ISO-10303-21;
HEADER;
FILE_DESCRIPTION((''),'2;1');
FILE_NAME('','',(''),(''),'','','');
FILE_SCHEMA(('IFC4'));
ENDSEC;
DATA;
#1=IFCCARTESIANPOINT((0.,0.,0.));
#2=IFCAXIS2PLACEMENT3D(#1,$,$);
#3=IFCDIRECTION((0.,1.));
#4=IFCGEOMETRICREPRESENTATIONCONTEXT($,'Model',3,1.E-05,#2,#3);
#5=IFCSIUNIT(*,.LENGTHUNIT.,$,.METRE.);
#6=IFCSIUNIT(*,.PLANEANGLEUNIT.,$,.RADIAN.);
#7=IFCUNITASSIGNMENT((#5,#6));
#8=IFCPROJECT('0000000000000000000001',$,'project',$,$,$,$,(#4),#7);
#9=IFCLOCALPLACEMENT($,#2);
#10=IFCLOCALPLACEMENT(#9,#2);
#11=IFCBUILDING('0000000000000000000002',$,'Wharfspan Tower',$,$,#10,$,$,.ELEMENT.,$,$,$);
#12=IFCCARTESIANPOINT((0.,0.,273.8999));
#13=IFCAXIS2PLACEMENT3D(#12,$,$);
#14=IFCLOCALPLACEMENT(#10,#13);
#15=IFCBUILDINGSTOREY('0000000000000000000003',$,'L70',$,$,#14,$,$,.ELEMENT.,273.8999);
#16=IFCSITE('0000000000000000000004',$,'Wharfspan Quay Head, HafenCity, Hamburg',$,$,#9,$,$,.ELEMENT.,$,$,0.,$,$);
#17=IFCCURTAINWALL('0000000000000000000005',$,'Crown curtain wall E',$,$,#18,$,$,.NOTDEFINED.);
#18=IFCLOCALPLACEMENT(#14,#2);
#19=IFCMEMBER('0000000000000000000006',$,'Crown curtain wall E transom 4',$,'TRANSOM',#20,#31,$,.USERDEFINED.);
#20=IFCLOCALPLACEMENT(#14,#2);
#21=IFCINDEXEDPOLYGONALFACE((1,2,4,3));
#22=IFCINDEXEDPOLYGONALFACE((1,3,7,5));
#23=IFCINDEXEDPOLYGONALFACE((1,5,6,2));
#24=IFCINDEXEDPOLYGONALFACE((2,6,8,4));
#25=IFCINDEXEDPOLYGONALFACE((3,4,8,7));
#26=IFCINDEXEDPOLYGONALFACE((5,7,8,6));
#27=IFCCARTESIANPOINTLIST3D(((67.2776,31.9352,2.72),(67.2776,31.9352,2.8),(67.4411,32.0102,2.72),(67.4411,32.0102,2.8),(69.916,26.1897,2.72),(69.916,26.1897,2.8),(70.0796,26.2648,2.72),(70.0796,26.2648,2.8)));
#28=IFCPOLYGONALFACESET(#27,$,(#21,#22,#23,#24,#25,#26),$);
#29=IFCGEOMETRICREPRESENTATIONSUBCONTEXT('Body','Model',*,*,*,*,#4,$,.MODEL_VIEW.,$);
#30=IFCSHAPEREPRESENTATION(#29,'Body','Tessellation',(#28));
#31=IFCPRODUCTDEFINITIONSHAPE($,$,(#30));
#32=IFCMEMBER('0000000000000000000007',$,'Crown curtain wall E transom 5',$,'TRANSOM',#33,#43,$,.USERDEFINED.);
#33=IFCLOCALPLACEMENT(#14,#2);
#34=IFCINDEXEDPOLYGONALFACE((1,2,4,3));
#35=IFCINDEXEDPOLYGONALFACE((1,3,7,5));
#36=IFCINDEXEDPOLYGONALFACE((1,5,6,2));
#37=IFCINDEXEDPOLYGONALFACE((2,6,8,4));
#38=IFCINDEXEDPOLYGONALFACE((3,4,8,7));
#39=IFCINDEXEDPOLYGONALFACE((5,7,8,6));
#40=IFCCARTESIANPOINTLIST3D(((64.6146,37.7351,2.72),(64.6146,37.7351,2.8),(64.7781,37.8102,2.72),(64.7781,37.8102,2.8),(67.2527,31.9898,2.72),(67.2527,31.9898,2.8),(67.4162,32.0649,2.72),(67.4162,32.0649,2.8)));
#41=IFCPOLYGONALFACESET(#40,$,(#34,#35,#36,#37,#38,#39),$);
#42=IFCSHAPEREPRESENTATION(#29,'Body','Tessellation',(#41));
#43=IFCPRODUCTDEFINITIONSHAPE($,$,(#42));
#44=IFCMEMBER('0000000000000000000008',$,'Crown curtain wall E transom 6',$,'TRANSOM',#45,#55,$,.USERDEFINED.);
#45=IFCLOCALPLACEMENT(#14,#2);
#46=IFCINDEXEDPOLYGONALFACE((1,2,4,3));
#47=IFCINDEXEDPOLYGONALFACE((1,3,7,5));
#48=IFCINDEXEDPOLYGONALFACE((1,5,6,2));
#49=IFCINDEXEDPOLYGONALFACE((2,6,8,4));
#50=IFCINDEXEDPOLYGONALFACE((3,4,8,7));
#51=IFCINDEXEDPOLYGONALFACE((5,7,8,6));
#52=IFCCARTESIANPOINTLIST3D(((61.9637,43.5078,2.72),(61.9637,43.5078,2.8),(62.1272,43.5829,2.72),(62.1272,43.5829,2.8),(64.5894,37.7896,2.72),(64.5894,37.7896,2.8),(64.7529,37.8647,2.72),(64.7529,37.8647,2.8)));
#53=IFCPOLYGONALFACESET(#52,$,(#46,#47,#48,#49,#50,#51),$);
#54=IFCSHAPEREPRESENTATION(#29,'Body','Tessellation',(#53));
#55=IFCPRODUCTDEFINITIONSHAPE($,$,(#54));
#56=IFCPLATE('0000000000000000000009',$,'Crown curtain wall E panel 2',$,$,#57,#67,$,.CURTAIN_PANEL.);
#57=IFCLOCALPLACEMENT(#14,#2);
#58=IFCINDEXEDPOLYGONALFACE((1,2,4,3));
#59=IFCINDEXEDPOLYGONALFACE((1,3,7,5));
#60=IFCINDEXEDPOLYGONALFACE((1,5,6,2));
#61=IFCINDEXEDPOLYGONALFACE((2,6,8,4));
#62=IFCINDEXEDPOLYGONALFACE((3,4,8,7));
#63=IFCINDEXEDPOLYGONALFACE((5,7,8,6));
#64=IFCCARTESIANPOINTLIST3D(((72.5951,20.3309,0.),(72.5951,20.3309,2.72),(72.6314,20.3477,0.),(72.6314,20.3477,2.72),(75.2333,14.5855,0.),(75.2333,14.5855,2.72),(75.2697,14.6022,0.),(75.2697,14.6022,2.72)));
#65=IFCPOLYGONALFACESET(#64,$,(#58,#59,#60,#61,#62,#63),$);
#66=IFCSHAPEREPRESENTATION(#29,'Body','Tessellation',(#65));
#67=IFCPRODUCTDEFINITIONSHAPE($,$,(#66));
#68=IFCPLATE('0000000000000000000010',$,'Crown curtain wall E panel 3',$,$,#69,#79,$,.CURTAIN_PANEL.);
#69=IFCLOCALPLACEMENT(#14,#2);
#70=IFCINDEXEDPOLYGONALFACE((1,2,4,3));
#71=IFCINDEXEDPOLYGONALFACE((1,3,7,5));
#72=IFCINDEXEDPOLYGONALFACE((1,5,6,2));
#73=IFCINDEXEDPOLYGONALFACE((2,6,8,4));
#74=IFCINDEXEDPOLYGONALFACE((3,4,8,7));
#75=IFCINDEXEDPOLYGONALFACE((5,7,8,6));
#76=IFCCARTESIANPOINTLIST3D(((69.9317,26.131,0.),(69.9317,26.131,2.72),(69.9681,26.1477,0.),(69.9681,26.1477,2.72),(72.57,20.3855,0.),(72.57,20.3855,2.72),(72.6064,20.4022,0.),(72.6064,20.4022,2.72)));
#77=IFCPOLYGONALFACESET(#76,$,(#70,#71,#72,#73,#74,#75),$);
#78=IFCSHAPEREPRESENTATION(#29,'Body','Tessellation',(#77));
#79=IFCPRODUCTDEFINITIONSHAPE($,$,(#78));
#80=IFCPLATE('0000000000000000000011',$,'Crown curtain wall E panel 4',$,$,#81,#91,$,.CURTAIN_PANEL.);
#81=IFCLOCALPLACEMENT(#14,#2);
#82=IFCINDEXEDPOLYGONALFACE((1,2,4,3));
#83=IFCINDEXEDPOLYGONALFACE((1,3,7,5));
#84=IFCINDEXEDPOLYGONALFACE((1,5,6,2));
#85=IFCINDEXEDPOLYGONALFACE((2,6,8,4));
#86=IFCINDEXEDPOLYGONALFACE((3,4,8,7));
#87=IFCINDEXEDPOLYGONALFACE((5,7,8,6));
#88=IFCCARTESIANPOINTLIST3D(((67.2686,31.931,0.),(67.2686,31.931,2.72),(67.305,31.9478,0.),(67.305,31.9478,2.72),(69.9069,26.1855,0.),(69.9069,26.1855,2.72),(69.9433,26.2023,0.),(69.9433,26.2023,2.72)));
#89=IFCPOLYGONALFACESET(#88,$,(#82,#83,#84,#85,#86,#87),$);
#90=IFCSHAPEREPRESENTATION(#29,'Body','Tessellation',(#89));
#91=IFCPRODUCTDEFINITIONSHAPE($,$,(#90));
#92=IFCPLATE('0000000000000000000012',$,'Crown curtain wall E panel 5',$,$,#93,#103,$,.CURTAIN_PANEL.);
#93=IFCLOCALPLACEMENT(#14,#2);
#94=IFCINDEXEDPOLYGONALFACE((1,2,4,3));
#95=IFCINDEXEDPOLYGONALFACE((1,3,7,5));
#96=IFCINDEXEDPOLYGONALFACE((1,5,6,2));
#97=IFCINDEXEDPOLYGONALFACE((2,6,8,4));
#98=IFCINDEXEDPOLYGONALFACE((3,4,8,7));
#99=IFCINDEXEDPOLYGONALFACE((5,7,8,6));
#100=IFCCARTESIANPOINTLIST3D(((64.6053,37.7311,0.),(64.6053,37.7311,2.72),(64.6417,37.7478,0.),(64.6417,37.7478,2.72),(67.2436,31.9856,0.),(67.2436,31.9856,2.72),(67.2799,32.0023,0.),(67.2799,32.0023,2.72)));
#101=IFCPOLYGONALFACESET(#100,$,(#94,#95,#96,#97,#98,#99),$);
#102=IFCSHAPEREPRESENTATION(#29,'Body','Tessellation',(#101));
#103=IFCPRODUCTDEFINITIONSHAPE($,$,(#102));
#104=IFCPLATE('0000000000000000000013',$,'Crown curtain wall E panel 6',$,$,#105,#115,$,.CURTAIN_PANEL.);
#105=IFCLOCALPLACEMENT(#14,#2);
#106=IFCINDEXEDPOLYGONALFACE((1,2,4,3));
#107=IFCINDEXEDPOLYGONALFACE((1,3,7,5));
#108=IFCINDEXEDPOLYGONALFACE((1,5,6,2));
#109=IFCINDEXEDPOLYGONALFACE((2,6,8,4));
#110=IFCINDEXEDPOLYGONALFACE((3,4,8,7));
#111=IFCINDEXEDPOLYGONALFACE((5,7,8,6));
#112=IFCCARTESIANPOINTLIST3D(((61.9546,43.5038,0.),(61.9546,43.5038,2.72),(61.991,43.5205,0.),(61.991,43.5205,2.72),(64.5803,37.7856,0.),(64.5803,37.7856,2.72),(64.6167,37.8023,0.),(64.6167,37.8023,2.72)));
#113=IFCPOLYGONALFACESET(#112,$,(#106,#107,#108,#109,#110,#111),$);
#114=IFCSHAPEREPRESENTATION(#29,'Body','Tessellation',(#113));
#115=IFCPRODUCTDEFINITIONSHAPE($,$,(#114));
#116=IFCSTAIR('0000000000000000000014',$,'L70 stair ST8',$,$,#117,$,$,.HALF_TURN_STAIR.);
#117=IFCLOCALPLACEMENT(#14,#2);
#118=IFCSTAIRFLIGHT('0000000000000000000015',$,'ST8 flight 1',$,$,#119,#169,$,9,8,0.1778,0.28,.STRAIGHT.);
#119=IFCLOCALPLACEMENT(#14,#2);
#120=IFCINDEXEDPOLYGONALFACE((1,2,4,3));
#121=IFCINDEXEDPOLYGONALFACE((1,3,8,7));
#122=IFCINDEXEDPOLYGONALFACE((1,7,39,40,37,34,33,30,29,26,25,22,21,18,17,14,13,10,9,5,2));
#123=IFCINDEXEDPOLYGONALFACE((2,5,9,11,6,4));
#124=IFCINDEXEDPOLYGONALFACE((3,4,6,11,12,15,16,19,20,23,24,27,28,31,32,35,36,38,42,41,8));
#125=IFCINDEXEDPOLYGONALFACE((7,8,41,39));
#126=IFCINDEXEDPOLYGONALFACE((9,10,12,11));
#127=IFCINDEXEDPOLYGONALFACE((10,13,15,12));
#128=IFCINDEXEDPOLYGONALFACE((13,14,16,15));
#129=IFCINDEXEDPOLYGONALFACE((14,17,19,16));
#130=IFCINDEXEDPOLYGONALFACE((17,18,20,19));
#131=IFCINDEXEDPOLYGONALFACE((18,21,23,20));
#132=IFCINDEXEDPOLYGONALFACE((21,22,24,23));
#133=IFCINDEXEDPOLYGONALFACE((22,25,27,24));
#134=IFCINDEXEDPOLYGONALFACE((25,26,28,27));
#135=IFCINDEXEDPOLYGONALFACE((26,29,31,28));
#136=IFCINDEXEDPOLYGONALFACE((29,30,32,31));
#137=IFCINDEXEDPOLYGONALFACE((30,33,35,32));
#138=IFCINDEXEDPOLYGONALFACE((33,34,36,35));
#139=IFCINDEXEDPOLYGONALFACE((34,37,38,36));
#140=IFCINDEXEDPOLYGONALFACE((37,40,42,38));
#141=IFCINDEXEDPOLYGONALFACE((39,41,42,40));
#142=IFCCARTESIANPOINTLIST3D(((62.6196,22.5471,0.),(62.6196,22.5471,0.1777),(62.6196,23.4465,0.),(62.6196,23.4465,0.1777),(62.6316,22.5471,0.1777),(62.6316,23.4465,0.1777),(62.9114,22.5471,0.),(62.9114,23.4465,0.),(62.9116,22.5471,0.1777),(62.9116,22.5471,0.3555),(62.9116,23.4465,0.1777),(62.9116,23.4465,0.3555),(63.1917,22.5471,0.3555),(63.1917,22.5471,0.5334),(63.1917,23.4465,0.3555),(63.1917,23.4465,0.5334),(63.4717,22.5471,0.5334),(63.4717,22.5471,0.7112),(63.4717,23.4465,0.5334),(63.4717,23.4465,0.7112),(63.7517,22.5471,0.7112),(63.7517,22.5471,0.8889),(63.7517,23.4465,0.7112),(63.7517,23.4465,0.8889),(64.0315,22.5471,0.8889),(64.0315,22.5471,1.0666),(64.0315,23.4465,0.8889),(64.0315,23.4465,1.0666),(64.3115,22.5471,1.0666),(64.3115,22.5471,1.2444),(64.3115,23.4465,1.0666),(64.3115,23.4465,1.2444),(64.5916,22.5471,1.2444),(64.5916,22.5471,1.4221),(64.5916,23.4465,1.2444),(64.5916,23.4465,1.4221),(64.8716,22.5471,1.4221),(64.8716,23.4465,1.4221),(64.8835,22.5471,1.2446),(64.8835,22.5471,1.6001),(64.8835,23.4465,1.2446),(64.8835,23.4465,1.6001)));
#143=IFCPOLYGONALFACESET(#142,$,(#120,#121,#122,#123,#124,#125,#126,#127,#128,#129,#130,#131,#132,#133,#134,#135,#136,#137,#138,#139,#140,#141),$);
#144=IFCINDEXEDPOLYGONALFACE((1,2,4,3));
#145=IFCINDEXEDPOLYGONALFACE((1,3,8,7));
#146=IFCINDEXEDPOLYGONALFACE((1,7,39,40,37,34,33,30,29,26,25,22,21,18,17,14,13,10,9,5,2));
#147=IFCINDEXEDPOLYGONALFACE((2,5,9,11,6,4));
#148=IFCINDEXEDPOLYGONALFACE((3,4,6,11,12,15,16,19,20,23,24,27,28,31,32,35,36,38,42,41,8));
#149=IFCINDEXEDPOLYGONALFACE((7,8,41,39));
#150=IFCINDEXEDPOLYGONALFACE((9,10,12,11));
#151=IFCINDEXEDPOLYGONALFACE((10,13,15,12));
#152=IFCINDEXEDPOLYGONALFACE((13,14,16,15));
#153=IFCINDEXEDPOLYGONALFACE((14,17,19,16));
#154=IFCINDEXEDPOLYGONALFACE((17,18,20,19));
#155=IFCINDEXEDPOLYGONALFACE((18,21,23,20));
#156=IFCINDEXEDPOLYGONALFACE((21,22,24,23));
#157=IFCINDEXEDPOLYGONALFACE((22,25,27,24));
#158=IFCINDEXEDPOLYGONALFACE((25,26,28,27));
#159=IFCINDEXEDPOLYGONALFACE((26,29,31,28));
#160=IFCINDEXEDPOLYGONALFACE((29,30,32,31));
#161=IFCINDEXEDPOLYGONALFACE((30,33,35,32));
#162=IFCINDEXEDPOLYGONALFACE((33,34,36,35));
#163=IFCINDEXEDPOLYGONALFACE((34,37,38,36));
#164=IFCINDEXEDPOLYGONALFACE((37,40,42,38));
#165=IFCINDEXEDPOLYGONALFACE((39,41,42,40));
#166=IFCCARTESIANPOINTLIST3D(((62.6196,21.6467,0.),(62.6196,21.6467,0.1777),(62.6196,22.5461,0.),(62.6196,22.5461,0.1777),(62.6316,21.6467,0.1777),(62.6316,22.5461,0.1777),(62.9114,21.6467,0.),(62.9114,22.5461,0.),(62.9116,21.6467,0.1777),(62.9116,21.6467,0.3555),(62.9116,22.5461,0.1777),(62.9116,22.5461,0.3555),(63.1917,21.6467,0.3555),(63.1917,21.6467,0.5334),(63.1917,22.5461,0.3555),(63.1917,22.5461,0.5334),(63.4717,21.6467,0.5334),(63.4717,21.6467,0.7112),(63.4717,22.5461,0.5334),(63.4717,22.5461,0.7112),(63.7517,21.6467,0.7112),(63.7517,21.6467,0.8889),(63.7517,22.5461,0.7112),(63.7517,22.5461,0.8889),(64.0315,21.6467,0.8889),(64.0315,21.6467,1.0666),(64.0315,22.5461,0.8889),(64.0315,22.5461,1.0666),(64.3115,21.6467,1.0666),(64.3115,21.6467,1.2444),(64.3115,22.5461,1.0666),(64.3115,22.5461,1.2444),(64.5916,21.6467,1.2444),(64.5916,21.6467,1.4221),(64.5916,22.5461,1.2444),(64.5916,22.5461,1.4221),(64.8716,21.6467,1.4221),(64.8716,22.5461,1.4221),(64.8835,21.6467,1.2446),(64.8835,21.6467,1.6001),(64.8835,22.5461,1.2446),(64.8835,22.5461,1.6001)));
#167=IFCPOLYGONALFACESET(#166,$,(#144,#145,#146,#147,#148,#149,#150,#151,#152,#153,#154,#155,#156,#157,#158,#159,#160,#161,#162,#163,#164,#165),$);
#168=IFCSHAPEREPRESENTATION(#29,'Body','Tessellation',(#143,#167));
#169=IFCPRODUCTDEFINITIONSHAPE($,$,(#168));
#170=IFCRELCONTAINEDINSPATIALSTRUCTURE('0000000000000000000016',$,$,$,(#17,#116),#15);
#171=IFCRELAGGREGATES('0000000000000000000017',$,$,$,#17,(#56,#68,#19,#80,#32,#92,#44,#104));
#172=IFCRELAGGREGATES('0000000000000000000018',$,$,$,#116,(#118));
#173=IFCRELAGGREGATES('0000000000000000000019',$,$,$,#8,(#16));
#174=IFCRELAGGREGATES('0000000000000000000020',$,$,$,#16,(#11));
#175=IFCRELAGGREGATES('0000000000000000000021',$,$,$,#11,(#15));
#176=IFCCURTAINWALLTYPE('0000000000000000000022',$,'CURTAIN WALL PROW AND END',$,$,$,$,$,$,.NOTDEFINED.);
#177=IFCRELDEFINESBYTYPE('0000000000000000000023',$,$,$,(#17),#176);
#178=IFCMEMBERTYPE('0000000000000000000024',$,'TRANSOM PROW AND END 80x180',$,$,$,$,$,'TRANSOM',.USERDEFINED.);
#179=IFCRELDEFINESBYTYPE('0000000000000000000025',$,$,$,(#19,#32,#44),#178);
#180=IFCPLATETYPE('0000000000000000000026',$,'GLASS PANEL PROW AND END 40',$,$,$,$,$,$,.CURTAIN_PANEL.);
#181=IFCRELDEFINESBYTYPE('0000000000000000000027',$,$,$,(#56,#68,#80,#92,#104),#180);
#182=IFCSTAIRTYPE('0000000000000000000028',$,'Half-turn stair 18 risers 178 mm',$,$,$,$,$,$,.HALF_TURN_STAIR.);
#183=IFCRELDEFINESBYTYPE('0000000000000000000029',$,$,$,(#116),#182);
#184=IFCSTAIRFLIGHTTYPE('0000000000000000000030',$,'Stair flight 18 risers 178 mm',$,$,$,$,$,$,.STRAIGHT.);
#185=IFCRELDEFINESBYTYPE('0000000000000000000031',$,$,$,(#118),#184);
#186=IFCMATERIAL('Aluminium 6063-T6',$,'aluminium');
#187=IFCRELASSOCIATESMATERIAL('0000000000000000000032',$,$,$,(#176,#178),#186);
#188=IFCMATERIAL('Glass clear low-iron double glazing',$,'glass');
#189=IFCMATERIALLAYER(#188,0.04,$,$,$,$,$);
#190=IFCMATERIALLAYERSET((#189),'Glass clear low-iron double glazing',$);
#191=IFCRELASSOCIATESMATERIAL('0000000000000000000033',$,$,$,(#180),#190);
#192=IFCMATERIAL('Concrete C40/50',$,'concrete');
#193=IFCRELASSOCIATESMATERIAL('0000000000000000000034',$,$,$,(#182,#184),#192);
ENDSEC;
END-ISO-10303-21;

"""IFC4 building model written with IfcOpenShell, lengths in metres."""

from ifc_helpers import new_model, si_unit, direction, frame, origin, origin_2d, place, context, subcontext, project, spatial, polyline, rectangle, outline, extrude, material, layer, layer_set, material_profile, profile_set, type_object, element, aggregate, save


model = new_model("IFC4")

# Units and contexts
model_context = context("Model", 3, precision=1e-05, world=origin(), true_north=direction((0.0, 1.0)))
body_context = subcontext(model_context, "Body", "Model", "MODEL_VIEW")
ifc_project = project(units=[si_unit("LENGTHUNIT", "METRE"), si_unit("PLANEANGLEUNIT", "RADIAN")], contexts=[model_context])

# Site, building, storey
site_placement = place(None, origin())
site = spatial("IfcSite", under=ifc_project, at=site_placement, Name="Wharfspan Quay Head, HafenCity, Hamburg", CompositionType="ELEMENT", RefElevation=0.0)
building_placement = place(site_placement, origin())
building = spatial("IfcBuilding", under=site, at=building_placement, Name="Wharfspan Tower", CompositionType="ELEMENT")
storey_placement = place(building_placement, frame((0.0, 0.0, 273.8999)))
storey = spatial("IfcBuildingStorey", under=building, at=storey_placement, Name="L70", CompositionType="ELEMENT", Elevation=273.8999)

# Shared definitions
ifc_material_1 = material(Name="Concrete C40/50", Category="concrete")

# Curtain wall, members, plates
ifc_material_2 = material(Name="Aluminium 6063-T6", Category="aluminium")
curtain_wall_type = type_object("IfcCurtainWallType", Name="CURTAIN WALL PROW AND END", PredefinedType="NOTDEFINED", material=ifc_material_2)
curtain_wall_placement = place(storey_placement, origin())
curtain_wall = element("IfcCurtainWall", 1, at=curtain_wall_placement, inside=storey, type_object=curtain_wall_type, Name="Crown curtain wall E", PredefinedType="NOTDEFINED")
ifc_material_profile_1 = material_profile(ifc_material_2, rectangle(XDim=0.1799, YDim=0.0801, at=origin_2d()))
ifc_profile_set_1 = profile_set([ifc_material_profile_1], Name="Aluminium 6063-T6")
member_type_1 = type_object("IfcMemberType", Name="TRANSOM PROW AND END 80x180", ElementType="TRANSOM", PredefinedType="USERDEFINED", material=ifc_profile_set_1)
member_1_placement = place(storey_placement, frame((69.9978, 26.2273, 2.76), z_axis=(-0.417326, 0.908757, 0.0), x_axis=(-0.908757, -0.417326, 0.0)))
member_1 = element("IfcMember", 2, at=member_1_placement, type_object=member_type_1, Name="Crown curtain wall E transom 4", ObjectType="TRANSOM", PredefinedType="USERDEFINED", context=body_context, shape_type="SweptSolid", body=[
    extrude(rectangle(XDim=0.1799, YDim=0.0801, at=origin_2d()), origin(), (0.0, 0.0, 1.0), 6.3223),
])
member_2_placement = place(storey_placement, frame((67.3345, 32.0273, 2.76), z_axis=(-0.417294, 0.908771, 0.0), x_axis=(-0.908771, -0.417294, 0.0)))
member_2 = element("IfcMember", 3, at=member_2_placement, type_object=member_type_1, Name="Crown curtain wall E transom 5", ObjectType="TRANSOM", PredefinedType="USERDEFINED", context=body_context, shape_type="SweptSolid", body=[
    extrude(rectangle(XDim=0.1799, YDim=0.0801, at=origin_2d()), origin(), (0.0, 0.0, 1.0), 6.322),
])
member_3_placement = place(storey_placement, frame((64.6711, 37.8271, 2.76), z_axis=(-0.417293, 0.908772, 0.0), x_axis=(-0.908772, -0.417293, 0.0)))
member_3 = element("IfcMember", 4, at=member_3_placement, type_object=member_type_1, Name="Crown curtain wall E transom 6", ObjectType="TRANSOM", PredefinedType="USERDEFINED", context=body_context, shape_type="SweptSolid", body=[
    extrude(rectangle(XDim=0.1799, YDim=0.0801, at=origin_2d()), origin(), (0.0, 0.0, 1.0), 6.2922),
])
ifc_material_3 = material(Name="Glass clear low-iron double glazing", Category="glass")
ifc_layer = layer(ifc_material_3, 0.04)
ifc_layer_set = layer_set([ifc_layer], Name="Glass clear low-iron double glazing")
plate_type = type_object("IfcPlateType", Name="GLASS PANEL PROW AND END 40", PredefinedType="CURTAIN_PANEL", material=ifc_layer_set)
plate_1_placement = place(storey_placement, frame((73.9324, 17.4666, 0.0), z_axis=(0.0, 0.0, 1.0), x_axis=(-0.417292, 0.908769, 0.0)))
plate_1 = element("IfcPlate", 5, at=plate_1_placement, type_object=plate_type, Name="Crown curtain wall E panel 2", PredefinedType="CURTAIN_PANEL", context=body_context, shape_type="SweptSolid", body=[
    extrude(rectangle(XDim=6.3223, YDim=0.04, at=origin_2d()), origin(), (0.0, 0.0, 1.0), 2.72),
])
plate_2_placement = place(storey_placement, frame((71.269, 23.2666, 0.0), z_axis=(0.0, 0.0, 1.0), x_axis=(-0.417292, 0.908769, 0.0)))
plate_2 = element("IfcPlate", 6, at=plate_2_placement, type_object=plate_type, Name="Crown curtain wall E panel 3", PredefinedType="CURTAIN_PANEL", context=body_context, shape_type="SweptSolid", body=[
    extrude(rectangle(XDim=6.3223, YDim=0.04, at=origin_2d()), origin(), (0.0, 0.0, 1.0), 2.72),
])
plate_3_placement = place(storey_placement, frame((68.606, 29.0666, 0.0), z_axis=(0.0, 0.0, 1.0), x_axis=(-0.417292, 0.908769, 0.0)))
plate_3 = element("IfcPlate", 7, at=plate_3_placement, type_object=plate_type, Name="Crown curtain wall E panel 4", PredefinedType="CURTAIN_PANEL", context=body_context, shape_type="SweptSolid", body=[
    extrude(rectangle(XDim=6.3223, YDim=0.04, at=origin_2d()), origin(), (0.0, 0.0, 1.0), 2.72),
])
plate_4_placement = place(storey_placement, frame((65.9426, 34.8667, 0.0), z_axis=(0.0, 0.0, 1.0), x_axis=(-0.417292, 0.908769, 0.0)))
plate_4 = element("IfcPlate", 8, at=plate_4_placement, type_object=plate_type, Name="Crown curtain wall E panel 5", PredefinedType="CURTAIN_PANEL", context=body_context, shape_type="SweptSolid", body=[
    extrude(rectangle(XDim=6.3223, YDim=0.04, at=origin_2d()), origin(), (0.0, 0.0, 1.0), 2.72),
])
plate_5_placement = place(storey_placement, frame((63.2856, 40.6531, 0.0), z_axis=(0.0, 0.0, 1.0), x_axis=(-0.417292, 0.908769, 0.0)))
plate_5 = element("IfcPlate", 9, at=plate_5_placement, type_object=plate_type, Name="Crown curtain wall E panel 6", PredefinedType="CURTAIN_PANEL", context=body_context, shape_type="SweptSolid", body=[
    extrude(rectangle(XDim=6.2922, YDim=0.04, at=origin_2d()), origin(), (0.0, 0.0, 1.0), 2.72),
])
aggregate(curtain_wall, [plate_1, plate_2, member_1, plate_3, member_2, plate_4, member_3, plate_5])

# Stair, stair flight
stair_type = type_object("IfcStairType", Name="Half-turn stair 18 risers 178 mm", PredefinedType="HALF_TURN_STAIR", material=ifc_material_1)
stair_placement = place(storey_placement, origin())
stair = element("IfcStair", 10, at=stair_placement, inside=storey, type_object=stair_type, Name="L70 stair ST8", PredefinedType="HALF_TURN_STAIR")
stair_flight_type = type_object("IfcStairFlightType", Name="Stair flight 18 risers 178 mm", PredefinedType="STRAIGHT", material=ifc_material_1)
stair_flight_1_placement = place(storey_placement, frame((62.6316, 22.5466, 0.0), z_axis=(0.0, 0.0, 1.0), x_axis=(1.0, 0.0, 0.0)))
stair_flight_1 = element("IfcStairFlight", 11, at=stair_flight_1_placement, type_object=stair_flight_type, Name="ST8 flight 1", NumberOfRisers=9, NumberOfTreads=8, PredefinedType="STRAIGHT", RiserHeight=0.1778, TreadLength=0.28, context=body_context, shape_type="SweptSolid", body=[
    extrude(outline(polyline([(-0.012, 0.0), (-0.012, 0.1777), (0.0, 0.1777), (0.28, 0.1777), (0.28, 0.3555), (0.5601, 0.3555), (0.5601, 0.5334), (0.8401, 0.5334), (0.8401, 0.7112), (1.1201, 0.7112), (1.1201, 0.8889), (1.3999, 0.8889), (1.3999, 1.0667), (1.6799, 1.0667), (1.6799, 1.2444), (1.96, 1.2444), (1.96, 1.4221), (2.24, 1.4221), (2.252, 1.6001), (2.252, 1.2446), (0.2798, 0.0), (-0.012, 0.0)])), frame((0.0, 0.8999, 0.0), z_axis=(0.0, -1.0, 0.0), x_axis=(1.0, 0.0, 0.0)), (0.0, 0.0, 1.0), 0.8994),
    extrude(outline(polyline([(-0.012, 0.0), (-0.012, 0.1777), (0.0, 0.1777), (0.28, 0.1777), (0.28, 0.3555), (0.5601, 0.3555), (0.5601, 0.5334), (0.8401, 0.5334), (0.8401, 0.7112), (1.1201, 0.7112), (1.1201, 0.8889), (1.3999, 0.8889), (1.3999, 1.0667), (1.6799, 1.0667), (1.6799, 1.2444), (1.96, 1.2444), (1.96, 1.4221), (2.24, 1.4221), (2.252, 1.6001), (2.252, 1.2446), (0.2798, 0.0), (-0.012, 0.0)])), frame((0.0, -0.0005, 0.0), z_axis=(0.0, -1.0, 0.0), x_axis=(1.0, 0.0, 0.0)), (0.0, 0.0, 1.0), 0.8994),
])
aggregate(stair, [stair_flight_1])

save(model, "model.ifc")
